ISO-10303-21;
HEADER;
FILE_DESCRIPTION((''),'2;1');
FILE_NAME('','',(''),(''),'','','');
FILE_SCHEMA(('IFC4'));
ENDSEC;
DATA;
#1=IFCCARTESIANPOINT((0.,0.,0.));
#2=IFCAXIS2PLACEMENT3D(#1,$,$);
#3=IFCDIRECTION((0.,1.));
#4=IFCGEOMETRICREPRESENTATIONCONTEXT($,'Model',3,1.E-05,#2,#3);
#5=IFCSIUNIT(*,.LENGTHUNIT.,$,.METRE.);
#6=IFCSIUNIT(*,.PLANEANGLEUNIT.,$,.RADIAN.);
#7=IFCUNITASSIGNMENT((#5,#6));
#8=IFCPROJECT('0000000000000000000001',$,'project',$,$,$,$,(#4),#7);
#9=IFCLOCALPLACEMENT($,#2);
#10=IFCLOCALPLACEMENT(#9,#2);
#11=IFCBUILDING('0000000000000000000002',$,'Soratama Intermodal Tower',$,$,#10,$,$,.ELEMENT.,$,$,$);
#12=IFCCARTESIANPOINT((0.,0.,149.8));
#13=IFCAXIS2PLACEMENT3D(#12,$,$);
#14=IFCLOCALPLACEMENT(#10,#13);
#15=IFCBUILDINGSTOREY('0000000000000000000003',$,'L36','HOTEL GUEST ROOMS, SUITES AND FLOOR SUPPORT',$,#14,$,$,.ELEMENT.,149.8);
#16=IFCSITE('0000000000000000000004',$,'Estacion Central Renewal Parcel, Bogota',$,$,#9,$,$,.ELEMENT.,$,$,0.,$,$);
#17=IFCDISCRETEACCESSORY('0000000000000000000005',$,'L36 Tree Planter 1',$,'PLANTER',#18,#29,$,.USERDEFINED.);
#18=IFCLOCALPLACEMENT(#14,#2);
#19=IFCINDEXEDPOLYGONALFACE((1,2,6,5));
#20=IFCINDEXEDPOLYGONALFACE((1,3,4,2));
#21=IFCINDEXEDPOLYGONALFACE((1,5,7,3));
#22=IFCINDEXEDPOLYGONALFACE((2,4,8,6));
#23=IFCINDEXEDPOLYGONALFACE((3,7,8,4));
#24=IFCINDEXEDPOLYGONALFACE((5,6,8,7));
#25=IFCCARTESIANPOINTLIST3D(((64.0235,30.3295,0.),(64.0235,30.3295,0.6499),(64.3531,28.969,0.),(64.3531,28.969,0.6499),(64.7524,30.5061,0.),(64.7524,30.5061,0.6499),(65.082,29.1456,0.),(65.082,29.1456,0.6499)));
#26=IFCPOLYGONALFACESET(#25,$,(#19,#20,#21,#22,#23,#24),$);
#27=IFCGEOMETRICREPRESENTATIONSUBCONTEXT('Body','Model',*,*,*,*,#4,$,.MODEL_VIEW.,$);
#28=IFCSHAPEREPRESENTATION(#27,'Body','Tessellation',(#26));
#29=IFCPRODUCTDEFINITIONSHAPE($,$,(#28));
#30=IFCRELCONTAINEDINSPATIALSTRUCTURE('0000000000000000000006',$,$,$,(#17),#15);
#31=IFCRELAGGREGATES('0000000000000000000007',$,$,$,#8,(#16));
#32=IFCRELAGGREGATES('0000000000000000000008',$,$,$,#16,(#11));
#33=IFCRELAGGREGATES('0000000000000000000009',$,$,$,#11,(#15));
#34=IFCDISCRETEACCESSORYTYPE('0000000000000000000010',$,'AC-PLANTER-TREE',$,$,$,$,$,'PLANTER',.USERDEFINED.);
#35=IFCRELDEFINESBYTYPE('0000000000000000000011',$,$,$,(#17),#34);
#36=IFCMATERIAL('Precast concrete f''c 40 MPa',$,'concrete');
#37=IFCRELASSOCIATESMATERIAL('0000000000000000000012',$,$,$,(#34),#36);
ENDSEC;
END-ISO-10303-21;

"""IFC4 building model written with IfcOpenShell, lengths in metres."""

from ifc_helpers import new_model, si_unit, direction, frame, origin, origin_2d, place, context, subcontext, project, spatial, rectangle, extrude, material, type_object, element, save


model = new_model("IFC4")

# Units and contexts
model_context = context("Model", 3, precision=1e-05, world=origin(), true_north=direction((0.0, 1.0)))
body_context = subcontext(model_context, "Body", "Model", "MODEL_VIEW")
ifc_project = project(units=[si_unit("LENGTHUNIT", "METRE"), si_unit("PLANEANGLEUNIT", "RADIAN")], contexts=[model_context])

# Site, building, storey
site_placement = place(None, origin())
site = spatial("IfcSite", under=ifc_project, at=site_placement, Name="Estacion Central Renewal Parcel, Bogota", CompositionType="ELEMENT", RefElevation=0.0)
building_placement = place(site_placement, origin())
building = spatial("IfcBuilding", under=site, at=building_placement, Name="Soratama Intermodal Tower", CompositionType="ELEMENT")
storey_placement = place(building_placement, frame((0.0, 0.0, 149.8)))
storey = spatial("IfcBuildingStorey", under=building, at=storey_placement, Name="L36", Description="HOTEL GUEST ROOMS, SUITES AND FLOOR SUPPORT", CompositionType="ELEMENT", Elevation=149.8)

# Discrete accessory
ifc_material_1 = material(Name="Precast concrete f'c 40 MPa", Category="concrete")
discrete_accessory_type = type_object("IfcDiscreteAccessoryType", Name="AC-PLANTER-TREE", ElementType="PLANTER", PredefinedType="USERDEFINED", material=ifc_material_1)
discrete_accessory_placement = place(storey_placement, frame((64.5527, 29.7375, 0.0), z_axis=(0.0, 0.0, 1.0), x_axis=(0.971879, 0.235481, 0.0)))
element("IfcDiscreteAccessory", 1, at=discrete_accessory_placement, inside=storey, type_object=discrete_accessory_type, Name="L36 Tree Planter 1", ObjectType="PLANTER", PredefinedType="USERDEFINED", context=body_context, shape_type="SweptSolid", body=[
    extrude(rectangle(XDim=0.75, YDim=1.3999, at=origin_2d()), origin(), (0.0, 0.0, 1.0), 0.6499),
])

save(model, "model.ifc")
